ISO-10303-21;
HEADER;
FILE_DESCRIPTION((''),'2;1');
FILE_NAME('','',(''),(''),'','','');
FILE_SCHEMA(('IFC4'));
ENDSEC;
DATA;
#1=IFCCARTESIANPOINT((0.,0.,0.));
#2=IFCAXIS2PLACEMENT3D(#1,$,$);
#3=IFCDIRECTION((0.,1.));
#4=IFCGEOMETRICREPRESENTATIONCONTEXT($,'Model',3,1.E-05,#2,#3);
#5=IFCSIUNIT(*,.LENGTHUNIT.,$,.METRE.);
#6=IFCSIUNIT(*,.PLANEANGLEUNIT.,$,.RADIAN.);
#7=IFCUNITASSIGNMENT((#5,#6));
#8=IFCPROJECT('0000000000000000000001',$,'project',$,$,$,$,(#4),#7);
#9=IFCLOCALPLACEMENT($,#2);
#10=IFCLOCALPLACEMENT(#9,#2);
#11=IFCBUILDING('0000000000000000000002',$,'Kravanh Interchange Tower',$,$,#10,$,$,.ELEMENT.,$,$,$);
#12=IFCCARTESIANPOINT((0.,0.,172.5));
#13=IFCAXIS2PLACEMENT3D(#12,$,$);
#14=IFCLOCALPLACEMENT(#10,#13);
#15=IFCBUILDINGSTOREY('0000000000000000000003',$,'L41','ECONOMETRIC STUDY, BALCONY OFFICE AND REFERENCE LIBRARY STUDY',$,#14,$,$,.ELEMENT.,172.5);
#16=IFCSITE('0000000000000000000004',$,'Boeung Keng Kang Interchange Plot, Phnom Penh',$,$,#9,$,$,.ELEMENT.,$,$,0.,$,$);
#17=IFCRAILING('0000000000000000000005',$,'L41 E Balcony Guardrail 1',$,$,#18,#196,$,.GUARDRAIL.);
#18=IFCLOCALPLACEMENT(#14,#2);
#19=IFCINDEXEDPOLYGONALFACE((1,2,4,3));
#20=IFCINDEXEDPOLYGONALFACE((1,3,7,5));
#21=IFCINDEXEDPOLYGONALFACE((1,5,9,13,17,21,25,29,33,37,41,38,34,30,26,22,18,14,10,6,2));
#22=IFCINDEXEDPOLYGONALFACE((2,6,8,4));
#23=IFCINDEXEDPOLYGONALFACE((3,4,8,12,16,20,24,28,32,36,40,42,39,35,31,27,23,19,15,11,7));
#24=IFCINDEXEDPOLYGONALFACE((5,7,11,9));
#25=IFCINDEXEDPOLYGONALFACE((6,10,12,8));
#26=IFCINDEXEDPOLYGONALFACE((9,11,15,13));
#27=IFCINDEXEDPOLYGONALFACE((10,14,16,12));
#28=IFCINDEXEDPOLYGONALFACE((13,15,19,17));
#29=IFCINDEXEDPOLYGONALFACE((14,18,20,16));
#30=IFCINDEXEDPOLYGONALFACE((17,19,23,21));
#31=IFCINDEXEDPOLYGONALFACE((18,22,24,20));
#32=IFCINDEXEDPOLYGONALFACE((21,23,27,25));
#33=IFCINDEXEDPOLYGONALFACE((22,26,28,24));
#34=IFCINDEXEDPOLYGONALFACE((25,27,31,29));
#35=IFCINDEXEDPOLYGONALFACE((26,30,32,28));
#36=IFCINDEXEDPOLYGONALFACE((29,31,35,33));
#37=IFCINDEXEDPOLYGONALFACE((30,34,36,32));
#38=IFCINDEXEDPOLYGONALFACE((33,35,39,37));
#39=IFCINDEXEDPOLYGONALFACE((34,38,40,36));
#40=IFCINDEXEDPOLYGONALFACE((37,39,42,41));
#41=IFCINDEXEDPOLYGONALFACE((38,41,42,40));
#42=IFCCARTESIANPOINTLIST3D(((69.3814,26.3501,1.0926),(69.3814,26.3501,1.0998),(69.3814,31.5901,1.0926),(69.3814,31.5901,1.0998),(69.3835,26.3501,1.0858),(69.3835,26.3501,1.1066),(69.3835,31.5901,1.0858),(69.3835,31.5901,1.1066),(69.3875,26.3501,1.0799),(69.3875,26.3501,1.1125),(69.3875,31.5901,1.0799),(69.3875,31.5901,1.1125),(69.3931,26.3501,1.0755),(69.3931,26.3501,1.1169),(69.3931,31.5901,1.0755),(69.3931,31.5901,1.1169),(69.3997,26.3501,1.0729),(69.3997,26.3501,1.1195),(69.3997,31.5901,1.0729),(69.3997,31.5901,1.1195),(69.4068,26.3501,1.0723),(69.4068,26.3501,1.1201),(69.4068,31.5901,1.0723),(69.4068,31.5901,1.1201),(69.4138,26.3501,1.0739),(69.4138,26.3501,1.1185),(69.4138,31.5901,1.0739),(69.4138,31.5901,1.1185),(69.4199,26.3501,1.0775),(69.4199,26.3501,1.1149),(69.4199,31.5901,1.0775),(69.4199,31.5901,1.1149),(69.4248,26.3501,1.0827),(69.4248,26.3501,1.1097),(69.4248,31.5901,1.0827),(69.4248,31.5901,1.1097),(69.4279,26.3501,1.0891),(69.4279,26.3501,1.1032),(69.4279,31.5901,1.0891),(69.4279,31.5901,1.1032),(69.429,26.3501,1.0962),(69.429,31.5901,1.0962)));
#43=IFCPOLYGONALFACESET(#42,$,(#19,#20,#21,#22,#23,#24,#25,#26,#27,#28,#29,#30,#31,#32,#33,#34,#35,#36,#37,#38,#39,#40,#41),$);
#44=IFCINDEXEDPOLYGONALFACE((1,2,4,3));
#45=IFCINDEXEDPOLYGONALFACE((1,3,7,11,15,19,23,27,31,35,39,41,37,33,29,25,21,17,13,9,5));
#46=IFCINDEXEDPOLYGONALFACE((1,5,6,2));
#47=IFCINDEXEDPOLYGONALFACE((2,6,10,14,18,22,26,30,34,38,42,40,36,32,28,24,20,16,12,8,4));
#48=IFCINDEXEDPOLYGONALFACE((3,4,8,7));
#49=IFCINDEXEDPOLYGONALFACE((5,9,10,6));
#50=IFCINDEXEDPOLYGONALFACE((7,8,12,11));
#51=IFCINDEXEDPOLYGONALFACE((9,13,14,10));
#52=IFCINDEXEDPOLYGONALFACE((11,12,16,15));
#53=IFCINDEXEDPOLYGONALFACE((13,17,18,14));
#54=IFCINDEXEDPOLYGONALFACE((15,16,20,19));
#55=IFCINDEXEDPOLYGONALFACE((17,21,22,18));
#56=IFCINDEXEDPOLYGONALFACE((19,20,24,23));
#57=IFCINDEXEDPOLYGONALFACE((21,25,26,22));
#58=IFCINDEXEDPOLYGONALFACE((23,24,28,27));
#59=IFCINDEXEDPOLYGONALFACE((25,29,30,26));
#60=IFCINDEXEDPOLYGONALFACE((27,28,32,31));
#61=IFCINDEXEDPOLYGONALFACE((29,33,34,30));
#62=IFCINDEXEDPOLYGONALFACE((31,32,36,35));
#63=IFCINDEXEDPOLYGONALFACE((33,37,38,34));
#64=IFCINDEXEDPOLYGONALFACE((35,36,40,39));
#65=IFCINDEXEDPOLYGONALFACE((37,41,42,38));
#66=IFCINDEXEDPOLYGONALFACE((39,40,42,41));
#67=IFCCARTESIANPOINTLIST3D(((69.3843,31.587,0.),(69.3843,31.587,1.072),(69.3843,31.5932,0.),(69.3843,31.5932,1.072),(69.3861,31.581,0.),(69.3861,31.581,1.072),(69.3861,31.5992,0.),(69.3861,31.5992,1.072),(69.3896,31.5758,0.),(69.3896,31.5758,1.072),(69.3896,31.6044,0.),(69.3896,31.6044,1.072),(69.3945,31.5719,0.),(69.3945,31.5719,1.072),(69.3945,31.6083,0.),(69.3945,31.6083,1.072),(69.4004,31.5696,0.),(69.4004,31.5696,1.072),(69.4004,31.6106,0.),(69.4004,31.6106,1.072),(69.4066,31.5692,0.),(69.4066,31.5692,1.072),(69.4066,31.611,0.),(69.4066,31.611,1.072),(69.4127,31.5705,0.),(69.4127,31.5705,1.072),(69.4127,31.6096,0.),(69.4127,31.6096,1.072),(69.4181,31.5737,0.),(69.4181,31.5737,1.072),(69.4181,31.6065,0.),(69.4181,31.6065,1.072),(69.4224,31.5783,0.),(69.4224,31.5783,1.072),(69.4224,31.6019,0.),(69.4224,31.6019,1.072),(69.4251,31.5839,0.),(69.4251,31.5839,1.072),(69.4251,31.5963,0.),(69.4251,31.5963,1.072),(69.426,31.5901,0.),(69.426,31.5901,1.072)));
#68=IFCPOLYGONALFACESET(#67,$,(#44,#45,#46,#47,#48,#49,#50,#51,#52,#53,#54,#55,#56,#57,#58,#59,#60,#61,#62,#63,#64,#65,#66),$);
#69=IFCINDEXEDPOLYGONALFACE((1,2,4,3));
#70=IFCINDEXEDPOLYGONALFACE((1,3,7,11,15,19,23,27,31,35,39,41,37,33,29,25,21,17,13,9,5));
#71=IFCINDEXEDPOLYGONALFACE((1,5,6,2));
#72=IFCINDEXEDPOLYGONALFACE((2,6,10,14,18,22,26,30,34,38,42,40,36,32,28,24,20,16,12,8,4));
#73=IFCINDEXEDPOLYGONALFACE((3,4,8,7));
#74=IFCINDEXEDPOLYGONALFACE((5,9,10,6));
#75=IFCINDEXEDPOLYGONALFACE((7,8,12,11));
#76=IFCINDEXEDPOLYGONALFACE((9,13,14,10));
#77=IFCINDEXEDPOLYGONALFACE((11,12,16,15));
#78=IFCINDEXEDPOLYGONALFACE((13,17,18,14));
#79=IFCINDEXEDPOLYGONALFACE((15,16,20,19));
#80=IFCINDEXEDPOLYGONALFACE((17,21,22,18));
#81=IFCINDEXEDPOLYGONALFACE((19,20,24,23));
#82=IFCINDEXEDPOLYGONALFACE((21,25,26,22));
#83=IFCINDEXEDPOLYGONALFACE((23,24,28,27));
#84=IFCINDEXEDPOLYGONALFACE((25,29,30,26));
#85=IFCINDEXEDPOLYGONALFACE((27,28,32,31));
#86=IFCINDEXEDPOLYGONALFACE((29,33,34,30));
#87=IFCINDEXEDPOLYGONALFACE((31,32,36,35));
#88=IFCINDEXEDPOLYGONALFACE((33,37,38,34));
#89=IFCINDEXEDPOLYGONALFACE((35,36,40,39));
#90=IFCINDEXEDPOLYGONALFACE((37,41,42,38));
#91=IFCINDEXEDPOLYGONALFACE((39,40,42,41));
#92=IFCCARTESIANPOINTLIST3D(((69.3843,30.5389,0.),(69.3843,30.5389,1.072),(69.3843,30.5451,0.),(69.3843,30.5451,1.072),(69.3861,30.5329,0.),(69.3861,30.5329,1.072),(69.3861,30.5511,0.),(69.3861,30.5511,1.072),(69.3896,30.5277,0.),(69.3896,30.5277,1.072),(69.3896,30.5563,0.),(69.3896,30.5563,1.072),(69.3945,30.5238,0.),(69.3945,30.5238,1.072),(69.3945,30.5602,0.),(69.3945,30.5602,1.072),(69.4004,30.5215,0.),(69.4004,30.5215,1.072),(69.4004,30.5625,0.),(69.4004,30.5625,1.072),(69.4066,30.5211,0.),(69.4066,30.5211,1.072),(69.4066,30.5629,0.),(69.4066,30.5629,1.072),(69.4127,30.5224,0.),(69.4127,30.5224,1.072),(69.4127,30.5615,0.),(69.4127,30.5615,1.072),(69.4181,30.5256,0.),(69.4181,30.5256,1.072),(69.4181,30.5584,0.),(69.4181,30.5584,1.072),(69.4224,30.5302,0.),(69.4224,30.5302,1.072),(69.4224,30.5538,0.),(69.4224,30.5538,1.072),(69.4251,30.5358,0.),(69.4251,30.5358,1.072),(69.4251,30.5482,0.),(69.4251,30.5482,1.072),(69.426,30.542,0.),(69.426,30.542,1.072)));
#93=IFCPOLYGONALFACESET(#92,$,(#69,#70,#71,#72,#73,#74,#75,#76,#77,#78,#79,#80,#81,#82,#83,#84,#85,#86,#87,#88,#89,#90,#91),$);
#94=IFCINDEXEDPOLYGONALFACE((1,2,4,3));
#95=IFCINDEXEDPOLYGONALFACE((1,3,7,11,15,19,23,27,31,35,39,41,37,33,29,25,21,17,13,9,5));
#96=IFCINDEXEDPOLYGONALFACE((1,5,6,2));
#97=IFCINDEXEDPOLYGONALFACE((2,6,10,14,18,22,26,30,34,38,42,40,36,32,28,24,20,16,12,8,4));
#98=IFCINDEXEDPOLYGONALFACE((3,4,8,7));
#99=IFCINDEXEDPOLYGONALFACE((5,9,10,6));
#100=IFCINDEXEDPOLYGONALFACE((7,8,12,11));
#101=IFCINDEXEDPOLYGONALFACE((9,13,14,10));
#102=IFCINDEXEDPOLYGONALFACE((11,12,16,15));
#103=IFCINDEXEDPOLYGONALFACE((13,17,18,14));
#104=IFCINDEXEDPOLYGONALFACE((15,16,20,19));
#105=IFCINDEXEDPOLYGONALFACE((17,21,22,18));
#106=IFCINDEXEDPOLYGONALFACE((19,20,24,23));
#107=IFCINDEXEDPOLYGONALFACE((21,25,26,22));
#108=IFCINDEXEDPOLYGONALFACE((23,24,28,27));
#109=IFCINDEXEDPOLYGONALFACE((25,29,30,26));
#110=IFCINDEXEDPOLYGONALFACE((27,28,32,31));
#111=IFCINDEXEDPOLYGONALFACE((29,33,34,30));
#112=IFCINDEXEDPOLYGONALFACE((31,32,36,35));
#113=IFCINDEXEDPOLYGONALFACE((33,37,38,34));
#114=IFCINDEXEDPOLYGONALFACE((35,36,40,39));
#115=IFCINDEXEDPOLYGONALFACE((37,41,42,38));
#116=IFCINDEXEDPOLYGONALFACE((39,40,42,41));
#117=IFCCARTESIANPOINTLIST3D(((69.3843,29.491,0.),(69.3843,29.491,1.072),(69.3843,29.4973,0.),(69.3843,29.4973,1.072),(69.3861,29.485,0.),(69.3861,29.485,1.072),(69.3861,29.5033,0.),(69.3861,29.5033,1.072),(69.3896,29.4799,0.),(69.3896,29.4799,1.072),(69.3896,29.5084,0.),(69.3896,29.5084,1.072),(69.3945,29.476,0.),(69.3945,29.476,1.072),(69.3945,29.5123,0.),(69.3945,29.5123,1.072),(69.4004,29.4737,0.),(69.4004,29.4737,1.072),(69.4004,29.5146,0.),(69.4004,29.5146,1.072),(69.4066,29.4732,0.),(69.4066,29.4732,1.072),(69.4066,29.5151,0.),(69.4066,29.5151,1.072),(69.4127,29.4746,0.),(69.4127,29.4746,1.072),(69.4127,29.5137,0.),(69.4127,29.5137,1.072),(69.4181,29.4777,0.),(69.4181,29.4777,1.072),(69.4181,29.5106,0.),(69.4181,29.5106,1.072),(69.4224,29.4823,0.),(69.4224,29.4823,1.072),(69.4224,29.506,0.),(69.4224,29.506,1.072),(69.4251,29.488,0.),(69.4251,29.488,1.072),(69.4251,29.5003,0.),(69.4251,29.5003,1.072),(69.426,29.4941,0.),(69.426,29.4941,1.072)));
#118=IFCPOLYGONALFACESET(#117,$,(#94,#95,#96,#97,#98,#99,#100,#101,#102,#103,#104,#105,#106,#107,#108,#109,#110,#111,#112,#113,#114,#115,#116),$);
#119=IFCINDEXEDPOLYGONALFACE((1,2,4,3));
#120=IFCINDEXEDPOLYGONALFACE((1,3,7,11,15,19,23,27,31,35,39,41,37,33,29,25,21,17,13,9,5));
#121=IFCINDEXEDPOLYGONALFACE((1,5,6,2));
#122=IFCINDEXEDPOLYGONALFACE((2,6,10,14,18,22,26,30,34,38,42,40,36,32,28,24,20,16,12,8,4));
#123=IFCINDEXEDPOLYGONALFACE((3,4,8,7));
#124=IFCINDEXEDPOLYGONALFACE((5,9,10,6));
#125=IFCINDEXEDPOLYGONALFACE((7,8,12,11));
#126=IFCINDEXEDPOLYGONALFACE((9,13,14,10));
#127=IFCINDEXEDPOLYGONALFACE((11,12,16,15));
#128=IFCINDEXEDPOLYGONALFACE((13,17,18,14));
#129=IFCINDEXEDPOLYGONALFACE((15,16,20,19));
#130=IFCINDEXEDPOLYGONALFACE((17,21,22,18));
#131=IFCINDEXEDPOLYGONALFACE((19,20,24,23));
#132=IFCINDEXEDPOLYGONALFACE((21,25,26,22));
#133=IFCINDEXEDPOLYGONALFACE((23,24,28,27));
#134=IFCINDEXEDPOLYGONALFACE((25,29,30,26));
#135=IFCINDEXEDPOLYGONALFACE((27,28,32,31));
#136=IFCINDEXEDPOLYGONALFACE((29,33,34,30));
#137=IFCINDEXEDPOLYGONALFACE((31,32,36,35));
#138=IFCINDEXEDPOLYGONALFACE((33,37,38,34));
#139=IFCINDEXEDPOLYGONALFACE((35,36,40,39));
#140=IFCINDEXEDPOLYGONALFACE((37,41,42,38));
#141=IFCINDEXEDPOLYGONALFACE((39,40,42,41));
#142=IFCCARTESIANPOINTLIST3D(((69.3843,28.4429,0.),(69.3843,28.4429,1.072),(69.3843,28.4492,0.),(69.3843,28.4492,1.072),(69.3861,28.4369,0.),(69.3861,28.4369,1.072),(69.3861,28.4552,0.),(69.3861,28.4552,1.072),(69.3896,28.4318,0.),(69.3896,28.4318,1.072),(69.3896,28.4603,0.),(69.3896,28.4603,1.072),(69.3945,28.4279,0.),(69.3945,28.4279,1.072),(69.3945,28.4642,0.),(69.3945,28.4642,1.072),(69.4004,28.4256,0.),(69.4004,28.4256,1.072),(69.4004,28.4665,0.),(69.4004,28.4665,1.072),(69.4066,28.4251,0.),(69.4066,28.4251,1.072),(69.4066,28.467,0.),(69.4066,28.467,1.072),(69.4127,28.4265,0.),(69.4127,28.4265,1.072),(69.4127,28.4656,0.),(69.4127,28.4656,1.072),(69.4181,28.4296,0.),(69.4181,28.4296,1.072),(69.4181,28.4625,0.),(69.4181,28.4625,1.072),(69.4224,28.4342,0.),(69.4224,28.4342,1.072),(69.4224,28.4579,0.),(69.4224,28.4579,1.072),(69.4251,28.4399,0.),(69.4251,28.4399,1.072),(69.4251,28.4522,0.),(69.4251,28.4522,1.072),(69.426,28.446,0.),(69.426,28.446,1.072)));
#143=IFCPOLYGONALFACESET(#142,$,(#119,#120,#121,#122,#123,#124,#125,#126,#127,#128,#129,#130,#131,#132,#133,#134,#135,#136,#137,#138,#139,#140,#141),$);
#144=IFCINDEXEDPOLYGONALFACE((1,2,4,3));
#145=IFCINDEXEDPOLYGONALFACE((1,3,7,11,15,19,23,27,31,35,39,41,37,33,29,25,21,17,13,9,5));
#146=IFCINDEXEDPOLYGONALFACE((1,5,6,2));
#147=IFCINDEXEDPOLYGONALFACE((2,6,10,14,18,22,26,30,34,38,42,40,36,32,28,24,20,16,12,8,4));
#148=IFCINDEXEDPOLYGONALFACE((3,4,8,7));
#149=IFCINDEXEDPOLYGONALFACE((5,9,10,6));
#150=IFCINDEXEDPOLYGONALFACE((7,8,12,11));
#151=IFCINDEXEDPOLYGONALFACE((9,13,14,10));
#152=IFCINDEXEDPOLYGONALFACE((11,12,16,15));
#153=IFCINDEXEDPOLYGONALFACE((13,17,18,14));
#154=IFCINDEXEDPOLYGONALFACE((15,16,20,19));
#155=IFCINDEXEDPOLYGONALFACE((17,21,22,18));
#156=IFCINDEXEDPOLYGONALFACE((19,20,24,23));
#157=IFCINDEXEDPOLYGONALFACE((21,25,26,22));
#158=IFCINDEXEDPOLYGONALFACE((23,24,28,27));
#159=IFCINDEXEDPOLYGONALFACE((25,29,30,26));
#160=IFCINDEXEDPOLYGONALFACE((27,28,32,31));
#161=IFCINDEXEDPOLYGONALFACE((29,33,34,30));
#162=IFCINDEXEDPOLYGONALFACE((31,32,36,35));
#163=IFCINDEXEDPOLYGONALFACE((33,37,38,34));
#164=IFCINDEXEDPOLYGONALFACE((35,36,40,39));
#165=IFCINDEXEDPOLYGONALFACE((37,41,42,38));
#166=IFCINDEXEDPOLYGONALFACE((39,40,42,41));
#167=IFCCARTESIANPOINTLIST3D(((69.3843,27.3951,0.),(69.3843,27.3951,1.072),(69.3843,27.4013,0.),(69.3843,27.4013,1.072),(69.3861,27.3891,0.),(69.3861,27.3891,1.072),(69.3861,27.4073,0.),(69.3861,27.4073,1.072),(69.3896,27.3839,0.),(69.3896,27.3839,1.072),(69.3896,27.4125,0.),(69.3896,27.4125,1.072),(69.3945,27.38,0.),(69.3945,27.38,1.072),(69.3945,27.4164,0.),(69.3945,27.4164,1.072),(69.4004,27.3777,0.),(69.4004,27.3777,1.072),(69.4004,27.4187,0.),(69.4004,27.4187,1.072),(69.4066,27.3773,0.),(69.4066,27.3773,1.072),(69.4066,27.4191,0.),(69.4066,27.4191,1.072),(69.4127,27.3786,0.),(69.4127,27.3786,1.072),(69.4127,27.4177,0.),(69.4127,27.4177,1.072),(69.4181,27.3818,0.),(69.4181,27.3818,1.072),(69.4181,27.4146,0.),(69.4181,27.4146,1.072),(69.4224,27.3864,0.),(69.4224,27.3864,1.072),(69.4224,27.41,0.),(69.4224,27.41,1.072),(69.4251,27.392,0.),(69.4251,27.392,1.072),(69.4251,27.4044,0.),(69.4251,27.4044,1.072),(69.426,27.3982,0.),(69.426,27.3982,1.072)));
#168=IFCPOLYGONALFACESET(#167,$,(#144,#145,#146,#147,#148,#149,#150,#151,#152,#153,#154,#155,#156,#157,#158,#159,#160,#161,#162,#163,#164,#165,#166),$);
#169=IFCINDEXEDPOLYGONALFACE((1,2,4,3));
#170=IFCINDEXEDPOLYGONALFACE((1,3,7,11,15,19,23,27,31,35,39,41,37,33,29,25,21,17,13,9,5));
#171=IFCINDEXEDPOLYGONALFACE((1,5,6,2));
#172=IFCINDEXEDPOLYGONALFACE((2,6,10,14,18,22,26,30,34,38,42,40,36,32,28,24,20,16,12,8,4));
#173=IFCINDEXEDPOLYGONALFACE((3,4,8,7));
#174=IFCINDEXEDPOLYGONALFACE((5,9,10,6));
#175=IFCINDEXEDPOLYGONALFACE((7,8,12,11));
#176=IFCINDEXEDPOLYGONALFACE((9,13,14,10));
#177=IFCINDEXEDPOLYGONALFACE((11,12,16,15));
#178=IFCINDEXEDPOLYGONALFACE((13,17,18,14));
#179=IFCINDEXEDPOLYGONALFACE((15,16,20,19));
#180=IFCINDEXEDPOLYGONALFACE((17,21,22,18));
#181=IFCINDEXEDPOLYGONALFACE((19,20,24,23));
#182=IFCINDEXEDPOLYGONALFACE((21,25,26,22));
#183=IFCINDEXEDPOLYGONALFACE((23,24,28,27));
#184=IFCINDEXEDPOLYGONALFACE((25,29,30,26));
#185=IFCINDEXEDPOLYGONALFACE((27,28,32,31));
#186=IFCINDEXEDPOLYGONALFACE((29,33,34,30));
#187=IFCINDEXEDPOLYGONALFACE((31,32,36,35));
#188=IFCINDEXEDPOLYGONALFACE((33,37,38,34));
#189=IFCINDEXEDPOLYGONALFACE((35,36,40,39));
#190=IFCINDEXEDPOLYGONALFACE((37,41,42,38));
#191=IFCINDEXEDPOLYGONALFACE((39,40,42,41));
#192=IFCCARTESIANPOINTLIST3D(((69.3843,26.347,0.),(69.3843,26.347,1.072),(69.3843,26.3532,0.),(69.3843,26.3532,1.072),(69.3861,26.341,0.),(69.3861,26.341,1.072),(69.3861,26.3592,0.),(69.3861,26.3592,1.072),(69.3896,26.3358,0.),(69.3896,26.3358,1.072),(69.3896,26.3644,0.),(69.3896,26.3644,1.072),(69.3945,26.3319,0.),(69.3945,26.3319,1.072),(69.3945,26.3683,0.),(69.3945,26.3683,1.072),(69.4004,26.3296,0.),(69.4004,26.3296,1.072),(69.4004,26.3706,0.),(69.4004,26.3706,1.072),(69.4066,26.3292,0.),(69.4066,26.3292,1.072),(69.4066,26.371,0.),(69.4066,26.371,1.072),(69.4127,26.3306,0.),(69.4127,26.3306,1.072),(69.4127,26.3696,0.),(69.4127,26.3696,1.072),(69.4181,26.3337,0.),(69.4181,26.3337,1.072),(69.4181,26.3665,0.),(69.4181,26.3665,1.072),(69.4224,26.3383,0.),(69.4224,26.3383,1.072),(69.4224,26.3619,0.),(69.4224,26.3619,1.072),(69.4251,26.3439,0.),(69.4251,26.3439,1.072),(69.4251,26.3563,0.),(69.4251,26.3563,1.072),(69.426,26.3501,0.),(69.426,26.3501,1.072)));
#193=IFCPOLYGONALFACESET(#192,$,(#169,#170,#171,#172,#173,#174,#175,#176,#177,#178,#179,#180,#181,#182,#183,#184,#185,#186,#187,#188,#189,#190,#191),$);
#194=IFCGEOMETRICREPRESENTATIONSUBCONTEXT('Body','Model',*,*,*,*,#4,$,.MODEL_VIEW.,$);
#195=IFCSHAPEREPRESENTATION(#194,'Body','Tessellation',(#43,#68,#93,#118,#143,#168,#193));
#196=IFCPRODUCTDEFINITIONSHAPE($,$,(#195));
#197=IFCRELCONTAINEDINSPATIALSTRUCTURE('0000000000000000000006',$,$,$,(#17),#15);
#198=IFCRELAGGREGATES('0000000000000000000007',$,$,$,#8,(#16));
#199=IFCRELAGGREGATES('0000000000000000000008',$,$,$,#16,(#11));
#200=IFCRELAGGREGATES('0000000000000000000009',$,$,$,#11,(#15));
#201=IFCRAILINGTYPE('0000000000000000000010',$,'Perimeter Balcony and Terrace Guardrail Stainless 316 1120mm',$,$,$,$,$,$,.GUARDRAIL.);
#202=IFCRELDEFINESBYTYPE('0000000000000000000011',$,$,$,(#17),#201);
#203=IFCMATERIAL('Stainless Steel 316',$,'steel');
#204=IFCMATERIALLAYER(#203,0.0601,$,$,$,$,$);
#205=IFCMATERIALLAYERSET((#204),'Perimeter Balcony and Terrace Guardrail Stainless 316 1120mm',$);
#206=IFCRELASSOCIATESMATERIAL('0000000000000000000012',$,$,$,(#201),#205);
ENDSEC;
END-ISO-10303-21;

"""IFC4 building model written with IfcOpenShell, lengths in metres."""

from ifc_helpers import new_model, si_unit, direction, frame, origin, origin_2d, place, context, subcontext, project, spatial, circle, extrude, material, layer, layer_set, type_object, element, save


model = new_model("IFC4")

# Units and contexts
model_context = context("Model", 3, precision=1e-05, world=origin(), true_north=direction((0.0, 1.0)))
body_context = subcontext(model_context, "Body", "Model", "MODEL_VIEW")
ifc_project = project(units=[si_unit("LENGTHUNIT", "METRE"), si_unit("PLANEANGLEUNIT", "RADIAN")], contexts=[model_context])

# Site, building, storey
site_placement = place(None, origin())
site = spatial("IfcSite", under=ifc_project, at=site_placement, Name="Boeung Keng Kang Interchange Plot, Phnom Penh", CompositionType="ELEMENT", RefElevation=0.0)
building_placement = place(site_placement, origin())
building = spatial("IfcBuilding", under=site, at=building_placement, Name="Kravanh Interchange Tower", CompositionType="ELEMENT")
storey_placement = place(building_placement, frame((0.0, 0.0, 172.5)))
storey = spatial("IfcBuildingStorey", under=building, at=storey_placement, Name="L41", Description="ECONOMETRIC STUDY, BALCONY OFFICE AND REFERENCE LIBRARY STUDY", CompositionType="ELEMENT", Elevation=172.5)

# Railing
ifc_material_1 = material(Name="Stainless Steel 316", Category="steel")
ifc_layer_1 = layer(ifc_material_1, 0.0601)
ifc_layer_set_1 = layer_set([ifc_layer_1], Name="Perimeter Balcony and Terrace Guardrail Stainless 316 1120mm")
railing_type_1 = type_object("IfcRailingType", Name="Perimeter Balcony and Terrace Guardrail Stainless 316 1120mm", PredefinedType="GUARDRAIL", material=ifc_layer_set_1)
railing_1_placement = place(storey_placement, frame((69.405, 31.5901, 0.0)))
element("IfcRailing", 1, at=railing_1_placement, inside=storey, type_object=railing_type_1, Name="L41 E Balcony Guardrail 1", PredefinedType="GUARDRAIL", context=body_context, shape_type="SweptSolid", body=[
    extrude(circle(Radius=0.0239, at=origin_2d()), frame((0.0, 0.0, 1.0962), z_axis=(0.0, -1.0, 0.0), x_axis=(1.0, 0.0, 0.0)), (0.0, 0.0, 1.0), 5.24),
    extrude(circle(Radius=0.021, at=origin_2d()), origin(), (0.0, 0.0, 1.0), 1.072),
    extrude(circle(Radius=0.021, at=origin_2d()), frame((0.0, -1.0481, 0.0)), (0.0, 0.0, 1.0), 1.072),
    extrude(circle(Radius=0.021, at=origin_2d()), frame((0.0, -2.0959, 0.0)), (0.0, 0.0, 1.0), 1.072),
    extrude(circle(Radius=0.021, at=origin_2d()), frame((0.0, -3.144, 0.0)), (0.0, 0.0, 1.0), 1.072),
    extrude(circle(Radius=0.021, at=origin_2d()), frame((0.0, -4.1919, 0.0)), (0.0, 0.0, 1.0), 1.072),
    extrude(circle(Radius=0.021, at=origin_2d()), frame((0.0, -5.24, 0.0)), (0.0, 0.0, 1.0), 1.072),
])

save(model, "model.ifc")
